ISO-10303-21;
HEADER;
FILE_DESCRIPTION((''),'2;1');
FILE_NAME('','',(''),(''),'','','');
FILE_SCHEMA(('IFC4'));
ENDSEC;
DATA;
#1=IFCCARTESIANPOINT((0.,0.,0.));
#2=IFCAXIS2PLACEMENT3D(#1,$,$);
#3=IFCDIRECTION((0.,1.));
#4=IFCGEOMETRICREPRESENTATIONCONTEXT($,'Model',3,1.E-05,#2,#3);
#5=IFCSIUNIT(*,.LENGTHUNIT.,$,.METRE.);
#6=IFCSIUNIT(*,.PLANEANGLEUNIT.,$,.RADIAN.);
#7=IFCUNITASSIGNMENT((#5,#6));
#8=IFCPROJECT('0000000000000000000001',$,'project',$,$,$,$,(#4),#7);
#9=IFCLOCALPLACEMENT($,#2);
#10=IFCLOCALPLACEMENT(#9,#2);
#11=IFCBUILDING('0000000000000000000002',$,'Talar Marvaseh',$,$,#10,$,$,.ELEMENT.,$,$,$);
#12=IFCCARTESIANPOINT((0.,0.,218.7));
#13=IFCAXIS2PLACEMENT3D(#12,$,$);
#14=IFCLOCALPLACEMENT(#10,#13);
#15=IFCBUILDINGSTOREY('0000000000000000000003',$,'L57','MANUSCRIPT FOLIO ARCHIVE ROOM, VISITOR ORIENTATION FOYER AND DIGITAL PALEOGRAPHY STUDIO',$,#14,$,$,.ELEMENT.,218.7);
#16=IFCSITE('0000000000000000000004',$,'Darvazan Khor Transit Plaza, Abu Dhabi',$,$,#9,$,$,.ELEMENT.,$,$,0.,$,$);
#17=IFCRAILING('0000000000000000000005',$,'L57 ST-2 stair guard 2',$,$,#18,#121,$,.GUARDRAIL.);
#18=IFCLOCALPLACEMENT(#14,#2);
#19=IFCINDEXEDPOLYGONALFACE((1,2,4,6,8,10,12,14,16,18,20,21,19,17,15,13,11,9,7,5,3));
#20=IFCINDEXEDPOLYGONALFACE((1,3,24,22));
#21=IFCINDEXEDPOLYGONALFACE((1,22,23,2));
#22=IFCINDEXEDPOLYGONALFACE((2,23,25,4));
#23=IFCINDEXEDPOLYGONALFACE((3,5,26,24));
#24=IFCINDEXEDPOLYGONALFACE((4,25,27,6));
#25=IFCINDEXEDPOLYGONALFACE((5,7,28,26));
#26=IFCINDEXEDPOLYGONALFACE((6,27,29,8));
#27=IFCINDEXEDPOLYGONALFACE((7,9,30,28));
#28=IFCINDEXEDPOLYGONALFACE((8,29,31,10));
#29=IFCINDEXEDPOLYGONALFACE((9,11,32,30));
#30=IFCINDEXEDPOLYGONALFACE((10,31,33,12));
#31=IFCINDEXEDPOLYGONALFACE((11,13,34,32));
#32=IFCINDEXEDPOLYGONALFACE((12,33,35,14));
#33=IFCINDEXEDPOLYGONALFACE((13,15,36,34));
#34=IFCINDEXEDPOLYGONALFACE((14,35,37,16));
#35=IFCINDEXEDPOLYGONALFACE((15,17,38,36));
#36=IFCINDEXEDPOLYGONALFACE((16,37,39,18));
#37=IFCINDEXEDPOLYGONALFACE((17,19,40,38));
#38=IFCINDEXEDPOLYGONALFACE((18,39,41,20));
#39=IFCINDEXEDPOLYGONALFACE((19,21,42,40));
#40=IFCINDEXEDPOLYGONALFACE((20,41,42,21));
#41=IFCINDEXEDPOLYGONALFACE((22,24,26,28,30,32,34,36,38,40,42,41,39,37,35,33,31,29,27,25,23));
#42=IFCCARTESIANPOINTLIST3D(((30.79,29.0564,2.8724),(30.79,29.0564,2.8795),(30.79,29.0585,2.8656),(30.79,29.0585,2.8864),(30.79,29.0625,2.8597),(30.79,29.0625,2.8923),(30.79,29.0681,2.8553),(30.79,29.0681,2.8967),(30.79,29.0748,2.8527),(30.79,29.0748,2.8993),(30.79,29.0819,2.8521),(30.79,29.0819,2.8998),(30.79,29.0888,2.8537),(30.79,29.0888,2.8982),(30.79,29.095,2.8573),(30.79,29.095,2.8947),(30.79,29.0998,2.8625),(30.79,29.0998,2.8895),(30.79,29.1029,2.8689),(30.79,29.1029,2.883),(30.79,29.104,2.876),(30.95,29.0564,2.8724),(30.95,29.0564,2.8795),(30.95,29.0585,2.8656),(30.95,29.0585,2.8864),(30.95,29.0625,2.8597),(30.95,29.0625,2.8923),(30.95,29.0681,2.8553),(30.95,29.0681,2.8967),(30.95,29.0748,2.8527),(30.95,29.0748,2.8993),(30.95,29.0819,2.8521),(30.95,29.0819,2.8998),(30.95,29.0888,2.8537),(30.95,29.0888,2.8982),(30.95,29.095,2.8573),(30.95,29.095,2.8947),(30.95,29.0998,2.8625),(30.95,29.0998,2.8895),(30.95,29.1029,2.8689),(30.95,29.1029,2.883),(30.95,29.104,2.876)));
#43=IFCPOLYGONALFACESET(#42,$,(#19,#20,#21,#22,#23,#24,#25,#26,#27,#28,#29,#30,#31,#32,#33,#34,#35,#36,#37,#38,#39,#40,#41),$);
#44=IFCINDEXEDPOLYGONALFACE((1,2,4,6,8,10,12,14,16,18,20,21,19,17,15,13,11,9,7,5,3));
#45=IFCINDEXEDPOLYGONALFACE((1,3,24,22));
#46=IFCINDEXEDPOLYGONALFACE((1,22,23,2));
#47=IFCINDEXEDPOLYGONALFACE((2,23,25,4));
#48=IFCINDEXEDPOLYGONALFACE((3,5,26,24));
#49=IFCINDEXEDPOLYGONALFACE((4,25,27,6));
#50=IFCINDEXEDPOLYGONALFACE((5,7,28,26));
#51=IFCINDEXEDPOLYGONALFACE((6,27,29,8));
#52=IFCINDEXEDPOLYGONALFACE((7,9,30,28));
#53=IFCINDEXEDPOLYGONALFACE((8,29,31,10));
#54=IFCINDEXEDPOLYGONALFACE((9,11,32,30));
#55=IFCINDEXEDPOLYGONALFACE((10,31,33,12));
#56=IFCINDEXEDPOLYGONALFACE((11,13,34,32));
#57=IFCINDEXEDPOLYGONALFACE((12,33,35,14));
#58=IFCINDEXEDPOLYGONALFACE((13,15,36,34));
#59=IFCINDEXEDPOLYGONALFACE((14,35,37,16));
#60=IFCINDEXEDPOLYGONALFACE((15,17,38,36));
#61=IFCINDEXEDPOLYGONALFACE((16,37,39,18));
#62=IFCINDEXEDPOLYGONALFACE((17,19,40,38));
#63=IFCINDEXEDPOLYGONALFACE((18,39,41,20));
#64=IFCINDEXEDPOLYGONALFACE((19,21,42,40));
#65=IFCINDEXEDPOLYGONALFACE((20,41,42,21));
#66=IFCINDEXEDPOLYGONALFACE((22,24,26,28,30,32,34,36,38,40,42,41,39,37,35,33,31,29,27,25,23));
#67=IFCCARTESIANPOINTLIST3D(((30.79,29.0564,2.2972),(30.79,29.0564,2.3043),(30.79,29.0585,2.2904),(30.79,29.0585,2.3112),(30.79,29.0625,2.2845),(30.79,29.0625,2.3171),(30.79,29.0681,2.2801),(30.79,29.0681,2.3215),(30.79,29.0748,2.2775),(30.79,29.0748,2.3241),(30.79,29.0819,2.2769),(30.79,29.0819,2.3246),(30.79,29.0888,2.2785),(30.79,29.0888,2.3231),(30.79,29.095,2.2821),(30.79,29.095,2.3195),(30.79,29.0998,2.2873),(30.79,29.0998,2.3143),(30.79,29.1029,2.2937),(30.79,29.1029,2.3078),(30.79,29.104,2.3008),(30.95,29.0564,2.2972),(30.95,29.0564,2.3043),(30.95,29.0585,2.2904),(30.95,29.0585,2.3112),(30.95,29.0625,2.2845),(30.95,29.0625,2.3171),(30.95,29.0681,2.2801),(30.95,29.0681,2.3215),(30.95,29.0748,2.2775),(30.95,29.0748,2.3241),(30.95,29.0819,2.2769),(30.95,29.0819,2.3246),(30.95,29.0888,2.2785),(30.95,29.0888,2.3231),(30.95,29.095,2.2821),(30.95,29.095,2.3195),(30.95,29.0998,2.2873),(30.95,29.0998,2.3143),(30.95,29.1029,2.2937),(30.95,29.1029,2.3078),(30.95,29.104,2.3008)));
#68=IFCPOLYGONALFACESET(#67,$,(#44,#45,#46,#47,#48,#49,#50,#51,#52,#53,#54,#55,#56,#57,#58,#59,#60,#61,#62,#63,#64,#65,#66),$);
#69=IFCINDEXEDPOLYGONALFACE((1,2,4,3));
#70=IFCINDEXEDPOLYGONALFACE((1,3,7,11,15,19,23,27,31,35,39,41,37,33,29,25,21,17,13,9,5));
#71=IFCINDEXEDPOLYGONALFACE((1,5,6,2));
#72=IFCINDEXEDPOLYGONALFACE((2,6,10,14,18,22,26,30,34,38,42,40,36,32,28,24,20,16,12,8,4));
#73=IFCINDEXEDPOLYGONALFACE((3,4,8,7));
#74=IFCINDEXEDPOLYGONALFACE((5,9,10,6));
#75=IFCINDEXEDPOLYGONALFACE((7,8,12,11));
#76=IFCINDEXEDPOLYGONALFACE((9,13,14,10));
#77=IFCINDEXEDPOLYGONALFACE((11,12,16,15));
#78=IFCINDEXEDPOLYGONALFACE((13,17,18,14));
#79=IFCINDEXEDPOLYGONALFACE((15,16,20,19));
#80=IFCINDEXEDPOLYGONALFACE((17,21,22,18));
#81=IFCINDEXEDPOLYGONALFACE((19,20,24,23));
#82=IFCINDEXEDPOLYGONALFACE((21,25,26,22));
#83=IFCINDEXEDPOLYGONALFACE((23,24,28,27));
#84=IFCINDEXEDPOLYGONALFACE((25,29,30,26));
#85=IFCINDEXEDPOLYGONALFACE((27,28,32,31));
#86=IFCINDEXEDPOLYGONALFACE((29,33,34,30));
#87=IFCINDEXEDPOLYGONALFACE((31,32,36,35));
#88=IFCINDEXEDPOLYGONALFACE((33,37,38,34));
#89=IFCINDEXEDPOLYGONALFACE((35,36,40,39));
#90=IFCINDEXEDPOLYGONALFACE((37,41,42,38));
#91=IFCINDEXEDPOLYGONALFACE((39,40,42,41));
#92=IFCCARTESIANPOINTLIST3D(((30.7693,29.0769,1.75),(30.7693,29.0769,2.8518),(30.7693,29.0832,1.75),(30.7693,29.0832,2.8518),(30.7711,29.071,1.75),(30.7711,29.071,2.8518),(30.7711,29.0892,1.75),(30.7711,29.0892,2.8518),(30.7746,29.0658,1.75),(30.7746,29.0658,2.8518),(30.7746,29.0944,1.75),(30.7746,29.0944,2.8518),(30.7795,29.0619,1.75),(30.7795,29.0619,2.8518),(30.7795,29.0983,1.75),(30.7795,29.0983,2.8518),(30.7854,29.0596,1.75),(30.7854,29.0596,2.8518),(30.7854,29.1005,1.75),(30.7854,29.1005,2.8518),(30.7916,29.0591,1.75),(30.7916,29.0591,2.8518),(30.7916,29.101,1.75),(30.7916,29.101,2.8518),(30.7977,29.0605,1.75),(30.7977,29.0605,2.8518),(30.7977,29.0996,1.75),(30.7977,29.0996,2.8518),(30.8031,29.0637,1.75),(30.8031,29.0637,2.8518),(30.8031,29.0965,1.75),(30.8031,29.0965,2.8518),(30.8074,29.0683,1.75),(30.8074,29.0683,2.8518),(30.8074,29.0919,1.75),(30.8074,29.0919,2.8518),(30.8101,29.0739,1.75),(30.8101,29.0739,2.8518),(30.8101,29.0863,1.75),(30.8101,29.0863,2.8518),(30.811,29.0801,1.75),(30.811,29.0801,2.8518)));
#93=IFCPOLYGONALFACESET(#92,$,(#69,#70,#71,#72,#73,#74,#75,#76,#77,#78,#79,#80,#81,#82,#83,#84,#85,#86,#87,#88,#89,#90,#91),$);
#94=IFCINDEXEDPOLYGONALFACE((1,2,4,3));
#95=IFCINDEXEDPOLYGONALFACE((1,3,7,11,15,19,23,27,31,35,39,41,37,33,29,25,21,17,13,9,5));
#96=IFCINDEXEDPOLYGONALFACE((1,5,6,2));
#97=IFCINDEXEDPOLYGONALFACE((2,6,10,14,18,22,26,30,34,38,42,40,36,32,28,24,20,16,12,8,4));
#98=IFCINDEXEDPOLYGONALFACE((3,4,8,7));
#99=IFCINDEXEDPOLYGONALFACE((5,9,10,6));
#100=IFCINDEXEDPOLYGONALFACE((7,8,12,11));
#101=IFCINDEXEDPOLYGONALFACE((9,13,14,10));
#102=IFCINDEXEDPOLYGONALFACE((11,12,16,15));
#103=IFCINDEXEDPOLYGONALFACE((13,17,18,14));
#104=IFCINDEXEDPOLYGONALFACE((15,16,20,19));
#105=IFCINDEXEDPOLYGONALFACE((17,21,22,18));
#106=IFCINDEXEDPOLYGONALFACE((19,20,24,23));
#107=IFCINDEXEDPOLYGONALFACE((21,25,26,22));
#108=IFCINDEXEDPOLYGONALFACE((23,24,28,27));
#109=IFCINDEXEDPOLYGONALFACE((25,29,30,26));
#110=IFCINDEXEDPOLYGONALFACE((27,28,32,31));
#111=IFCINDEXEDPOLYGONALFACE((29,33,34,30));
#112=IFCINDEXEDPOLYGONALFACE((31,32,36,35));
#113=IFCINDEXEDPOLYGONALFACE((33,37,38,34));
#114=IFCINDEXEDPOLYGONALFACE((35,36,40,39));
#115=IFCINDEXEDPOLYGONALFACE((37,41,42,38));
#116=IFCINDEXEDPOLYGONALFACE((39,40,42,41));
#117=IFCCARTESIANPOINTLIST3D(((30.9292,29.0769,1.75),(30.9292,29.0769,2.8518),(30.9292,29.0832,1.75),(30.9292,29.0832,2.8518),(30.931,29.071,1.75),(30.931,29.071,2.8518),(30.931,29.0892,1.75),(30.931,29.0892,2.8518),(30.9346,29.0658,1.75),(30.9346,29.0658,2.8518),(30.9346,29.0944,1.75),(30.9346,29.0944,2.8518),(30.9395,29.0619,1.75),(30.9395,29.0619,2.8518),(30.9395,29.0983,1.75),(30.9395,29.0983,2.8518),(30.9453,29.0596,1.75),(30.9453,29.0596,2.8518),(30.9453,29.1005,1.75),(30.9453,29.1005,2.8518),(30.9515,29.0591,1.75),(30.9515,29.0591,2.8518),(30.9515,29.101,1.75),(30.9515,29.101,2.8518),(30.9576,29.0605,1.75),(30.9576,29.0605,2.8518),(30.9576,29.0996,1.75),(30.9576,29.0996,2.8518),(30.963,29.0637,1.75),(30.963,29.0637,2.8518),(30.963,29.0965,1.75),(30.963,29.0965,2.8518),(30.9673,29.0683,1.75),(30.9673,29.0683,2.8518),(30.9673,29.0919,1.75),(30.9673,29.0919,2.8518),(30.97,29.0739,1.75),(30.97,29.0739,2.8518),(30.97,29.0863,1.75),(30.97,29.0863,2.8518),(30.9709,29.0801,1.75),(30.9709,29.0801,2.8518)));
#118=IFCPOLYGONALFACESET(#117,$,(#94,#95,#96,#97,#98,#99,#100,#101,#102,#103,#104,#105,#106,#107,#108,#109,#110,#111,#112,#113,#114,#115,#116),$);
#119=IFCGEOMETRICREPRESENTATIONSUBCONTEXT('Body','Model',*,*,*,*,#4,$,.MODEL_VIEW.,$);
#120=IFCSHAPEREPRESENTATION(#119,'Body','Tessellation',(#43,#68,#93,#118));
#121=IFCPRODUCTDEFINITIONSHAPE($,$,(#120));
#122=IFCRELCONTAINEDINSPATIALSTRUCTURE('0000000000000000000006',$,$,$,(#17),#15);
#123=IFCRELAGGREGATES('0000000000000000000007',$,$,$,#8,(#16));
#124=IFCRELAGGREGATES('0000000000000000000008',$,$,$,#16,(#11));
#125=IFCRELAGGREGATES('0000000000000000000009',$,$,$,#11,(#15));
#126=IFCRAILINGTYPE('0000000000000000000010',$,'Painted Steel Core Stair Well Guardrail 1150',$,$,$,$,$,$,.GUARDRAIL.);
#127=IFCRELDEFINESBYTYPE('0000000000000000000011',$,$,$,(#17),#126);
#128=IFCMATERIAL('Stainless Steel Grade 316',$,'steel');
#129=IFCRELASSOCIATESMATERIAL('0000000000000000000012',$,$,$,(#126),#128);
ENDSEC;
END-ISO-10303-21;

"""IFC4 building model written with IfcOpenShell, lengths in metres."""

from ifc_helpers import new_model, si_unit, direction, frame, origin, origin_2d, place, context, subcontext, project, spatial, circle, extrude, material, type_object, element, save


model = new_model("IFC4")

# Units and contexts
model_context = context("Model", 3, precision=1e-05, world=origin(), true_north=direction((0.0, 1.0)))
body_context = subcontext(model_context, "Body", "Model", "MODEL_VIEW")
ifc_project = project(units=[si_unit("LENGTHUNIT", "METRE"), si_unit("PLANEANGLEUNIT", "RADIAN")], contexts=[model_context])

# Site, building, storey
site_placement = place(None, origin())
site = spatial("IfcSite", under=ifc_project, at=site_placement, Name="Darvazan Khor Transit Plaza, Abu Dhabi", CompositionType="ELEMENT", RefElevation=0.0)
building_placement = place(site_placement, origin())
building = spatial("IfcBuilding", under=site, at=building_placement, Name="Talar Marvaseh", CompositionType="ELEMENT")
storey_placement = place(building_placement, frame((0.0, 0.0, 218.7)))
storey = spatial("IfcBuildingStorey", under=building, at=storey_placement, Name="L57", Description="MANUSCRIPT FOLIO ARCHIVE ROOM, VISITOR ORIENTATION FOYER AND DIGITAL PALEOGRAPHY STUDIO", CompositionType="ELEMENT", Elevation=218.7)

# Shared definitions
ifc_material_1 = material(Name="Stainless Steel Grade 316", Category="steel")

# Railing
railing_type_1 = type_object("IfcRailingType", Name="Painted Steel Core Stair Well Guardrail 1150", PredefinedType="GUARDRAIL", material=ifc_material_1)
railing_1_placement = place(storey_placement, frame((30.79, 29.0801, 1.75)))
element("IfcRailing", 1, at=railing_1_placement, inside=storey, type_object=railing_type_1, Name="L57 ST-2 stair guard 2", PredefinedType="GUARDRAIL", context=body_context, shape_type="SweptSolid", body=[
    extrude(circle(Radius=0.0239, at=origin_2d()), frame((0.0, 0.0, 1.126), z_axis=(1.0, 0.0, 0.0), x_axis=(0.0, 1.0, 0.0)), (0.0, 0.0, 1.0), 0.1599),
    extrude(circle(Radius=0.0239, at=origin_2d()), frame((0.0, 0.0, 0.5508), z_axis=(1.0, 0.0, 0.0), x_axis=(0.0, 1.0, 0.0)), (0.0, 0.0, 1.0), 0.1599),
    extrude(circle(Radius=0.021, at=origin_2d()), origin(), (0.0, 0.0, 1.0), 1.1018),
    extrude(circle(Radius=0.021, at=origin_2d()), frame((0.1599, 0.0, 0.0)), (0.0, 0.0, 1.0), 1.1018),
])

save(model, "model.ifc")
